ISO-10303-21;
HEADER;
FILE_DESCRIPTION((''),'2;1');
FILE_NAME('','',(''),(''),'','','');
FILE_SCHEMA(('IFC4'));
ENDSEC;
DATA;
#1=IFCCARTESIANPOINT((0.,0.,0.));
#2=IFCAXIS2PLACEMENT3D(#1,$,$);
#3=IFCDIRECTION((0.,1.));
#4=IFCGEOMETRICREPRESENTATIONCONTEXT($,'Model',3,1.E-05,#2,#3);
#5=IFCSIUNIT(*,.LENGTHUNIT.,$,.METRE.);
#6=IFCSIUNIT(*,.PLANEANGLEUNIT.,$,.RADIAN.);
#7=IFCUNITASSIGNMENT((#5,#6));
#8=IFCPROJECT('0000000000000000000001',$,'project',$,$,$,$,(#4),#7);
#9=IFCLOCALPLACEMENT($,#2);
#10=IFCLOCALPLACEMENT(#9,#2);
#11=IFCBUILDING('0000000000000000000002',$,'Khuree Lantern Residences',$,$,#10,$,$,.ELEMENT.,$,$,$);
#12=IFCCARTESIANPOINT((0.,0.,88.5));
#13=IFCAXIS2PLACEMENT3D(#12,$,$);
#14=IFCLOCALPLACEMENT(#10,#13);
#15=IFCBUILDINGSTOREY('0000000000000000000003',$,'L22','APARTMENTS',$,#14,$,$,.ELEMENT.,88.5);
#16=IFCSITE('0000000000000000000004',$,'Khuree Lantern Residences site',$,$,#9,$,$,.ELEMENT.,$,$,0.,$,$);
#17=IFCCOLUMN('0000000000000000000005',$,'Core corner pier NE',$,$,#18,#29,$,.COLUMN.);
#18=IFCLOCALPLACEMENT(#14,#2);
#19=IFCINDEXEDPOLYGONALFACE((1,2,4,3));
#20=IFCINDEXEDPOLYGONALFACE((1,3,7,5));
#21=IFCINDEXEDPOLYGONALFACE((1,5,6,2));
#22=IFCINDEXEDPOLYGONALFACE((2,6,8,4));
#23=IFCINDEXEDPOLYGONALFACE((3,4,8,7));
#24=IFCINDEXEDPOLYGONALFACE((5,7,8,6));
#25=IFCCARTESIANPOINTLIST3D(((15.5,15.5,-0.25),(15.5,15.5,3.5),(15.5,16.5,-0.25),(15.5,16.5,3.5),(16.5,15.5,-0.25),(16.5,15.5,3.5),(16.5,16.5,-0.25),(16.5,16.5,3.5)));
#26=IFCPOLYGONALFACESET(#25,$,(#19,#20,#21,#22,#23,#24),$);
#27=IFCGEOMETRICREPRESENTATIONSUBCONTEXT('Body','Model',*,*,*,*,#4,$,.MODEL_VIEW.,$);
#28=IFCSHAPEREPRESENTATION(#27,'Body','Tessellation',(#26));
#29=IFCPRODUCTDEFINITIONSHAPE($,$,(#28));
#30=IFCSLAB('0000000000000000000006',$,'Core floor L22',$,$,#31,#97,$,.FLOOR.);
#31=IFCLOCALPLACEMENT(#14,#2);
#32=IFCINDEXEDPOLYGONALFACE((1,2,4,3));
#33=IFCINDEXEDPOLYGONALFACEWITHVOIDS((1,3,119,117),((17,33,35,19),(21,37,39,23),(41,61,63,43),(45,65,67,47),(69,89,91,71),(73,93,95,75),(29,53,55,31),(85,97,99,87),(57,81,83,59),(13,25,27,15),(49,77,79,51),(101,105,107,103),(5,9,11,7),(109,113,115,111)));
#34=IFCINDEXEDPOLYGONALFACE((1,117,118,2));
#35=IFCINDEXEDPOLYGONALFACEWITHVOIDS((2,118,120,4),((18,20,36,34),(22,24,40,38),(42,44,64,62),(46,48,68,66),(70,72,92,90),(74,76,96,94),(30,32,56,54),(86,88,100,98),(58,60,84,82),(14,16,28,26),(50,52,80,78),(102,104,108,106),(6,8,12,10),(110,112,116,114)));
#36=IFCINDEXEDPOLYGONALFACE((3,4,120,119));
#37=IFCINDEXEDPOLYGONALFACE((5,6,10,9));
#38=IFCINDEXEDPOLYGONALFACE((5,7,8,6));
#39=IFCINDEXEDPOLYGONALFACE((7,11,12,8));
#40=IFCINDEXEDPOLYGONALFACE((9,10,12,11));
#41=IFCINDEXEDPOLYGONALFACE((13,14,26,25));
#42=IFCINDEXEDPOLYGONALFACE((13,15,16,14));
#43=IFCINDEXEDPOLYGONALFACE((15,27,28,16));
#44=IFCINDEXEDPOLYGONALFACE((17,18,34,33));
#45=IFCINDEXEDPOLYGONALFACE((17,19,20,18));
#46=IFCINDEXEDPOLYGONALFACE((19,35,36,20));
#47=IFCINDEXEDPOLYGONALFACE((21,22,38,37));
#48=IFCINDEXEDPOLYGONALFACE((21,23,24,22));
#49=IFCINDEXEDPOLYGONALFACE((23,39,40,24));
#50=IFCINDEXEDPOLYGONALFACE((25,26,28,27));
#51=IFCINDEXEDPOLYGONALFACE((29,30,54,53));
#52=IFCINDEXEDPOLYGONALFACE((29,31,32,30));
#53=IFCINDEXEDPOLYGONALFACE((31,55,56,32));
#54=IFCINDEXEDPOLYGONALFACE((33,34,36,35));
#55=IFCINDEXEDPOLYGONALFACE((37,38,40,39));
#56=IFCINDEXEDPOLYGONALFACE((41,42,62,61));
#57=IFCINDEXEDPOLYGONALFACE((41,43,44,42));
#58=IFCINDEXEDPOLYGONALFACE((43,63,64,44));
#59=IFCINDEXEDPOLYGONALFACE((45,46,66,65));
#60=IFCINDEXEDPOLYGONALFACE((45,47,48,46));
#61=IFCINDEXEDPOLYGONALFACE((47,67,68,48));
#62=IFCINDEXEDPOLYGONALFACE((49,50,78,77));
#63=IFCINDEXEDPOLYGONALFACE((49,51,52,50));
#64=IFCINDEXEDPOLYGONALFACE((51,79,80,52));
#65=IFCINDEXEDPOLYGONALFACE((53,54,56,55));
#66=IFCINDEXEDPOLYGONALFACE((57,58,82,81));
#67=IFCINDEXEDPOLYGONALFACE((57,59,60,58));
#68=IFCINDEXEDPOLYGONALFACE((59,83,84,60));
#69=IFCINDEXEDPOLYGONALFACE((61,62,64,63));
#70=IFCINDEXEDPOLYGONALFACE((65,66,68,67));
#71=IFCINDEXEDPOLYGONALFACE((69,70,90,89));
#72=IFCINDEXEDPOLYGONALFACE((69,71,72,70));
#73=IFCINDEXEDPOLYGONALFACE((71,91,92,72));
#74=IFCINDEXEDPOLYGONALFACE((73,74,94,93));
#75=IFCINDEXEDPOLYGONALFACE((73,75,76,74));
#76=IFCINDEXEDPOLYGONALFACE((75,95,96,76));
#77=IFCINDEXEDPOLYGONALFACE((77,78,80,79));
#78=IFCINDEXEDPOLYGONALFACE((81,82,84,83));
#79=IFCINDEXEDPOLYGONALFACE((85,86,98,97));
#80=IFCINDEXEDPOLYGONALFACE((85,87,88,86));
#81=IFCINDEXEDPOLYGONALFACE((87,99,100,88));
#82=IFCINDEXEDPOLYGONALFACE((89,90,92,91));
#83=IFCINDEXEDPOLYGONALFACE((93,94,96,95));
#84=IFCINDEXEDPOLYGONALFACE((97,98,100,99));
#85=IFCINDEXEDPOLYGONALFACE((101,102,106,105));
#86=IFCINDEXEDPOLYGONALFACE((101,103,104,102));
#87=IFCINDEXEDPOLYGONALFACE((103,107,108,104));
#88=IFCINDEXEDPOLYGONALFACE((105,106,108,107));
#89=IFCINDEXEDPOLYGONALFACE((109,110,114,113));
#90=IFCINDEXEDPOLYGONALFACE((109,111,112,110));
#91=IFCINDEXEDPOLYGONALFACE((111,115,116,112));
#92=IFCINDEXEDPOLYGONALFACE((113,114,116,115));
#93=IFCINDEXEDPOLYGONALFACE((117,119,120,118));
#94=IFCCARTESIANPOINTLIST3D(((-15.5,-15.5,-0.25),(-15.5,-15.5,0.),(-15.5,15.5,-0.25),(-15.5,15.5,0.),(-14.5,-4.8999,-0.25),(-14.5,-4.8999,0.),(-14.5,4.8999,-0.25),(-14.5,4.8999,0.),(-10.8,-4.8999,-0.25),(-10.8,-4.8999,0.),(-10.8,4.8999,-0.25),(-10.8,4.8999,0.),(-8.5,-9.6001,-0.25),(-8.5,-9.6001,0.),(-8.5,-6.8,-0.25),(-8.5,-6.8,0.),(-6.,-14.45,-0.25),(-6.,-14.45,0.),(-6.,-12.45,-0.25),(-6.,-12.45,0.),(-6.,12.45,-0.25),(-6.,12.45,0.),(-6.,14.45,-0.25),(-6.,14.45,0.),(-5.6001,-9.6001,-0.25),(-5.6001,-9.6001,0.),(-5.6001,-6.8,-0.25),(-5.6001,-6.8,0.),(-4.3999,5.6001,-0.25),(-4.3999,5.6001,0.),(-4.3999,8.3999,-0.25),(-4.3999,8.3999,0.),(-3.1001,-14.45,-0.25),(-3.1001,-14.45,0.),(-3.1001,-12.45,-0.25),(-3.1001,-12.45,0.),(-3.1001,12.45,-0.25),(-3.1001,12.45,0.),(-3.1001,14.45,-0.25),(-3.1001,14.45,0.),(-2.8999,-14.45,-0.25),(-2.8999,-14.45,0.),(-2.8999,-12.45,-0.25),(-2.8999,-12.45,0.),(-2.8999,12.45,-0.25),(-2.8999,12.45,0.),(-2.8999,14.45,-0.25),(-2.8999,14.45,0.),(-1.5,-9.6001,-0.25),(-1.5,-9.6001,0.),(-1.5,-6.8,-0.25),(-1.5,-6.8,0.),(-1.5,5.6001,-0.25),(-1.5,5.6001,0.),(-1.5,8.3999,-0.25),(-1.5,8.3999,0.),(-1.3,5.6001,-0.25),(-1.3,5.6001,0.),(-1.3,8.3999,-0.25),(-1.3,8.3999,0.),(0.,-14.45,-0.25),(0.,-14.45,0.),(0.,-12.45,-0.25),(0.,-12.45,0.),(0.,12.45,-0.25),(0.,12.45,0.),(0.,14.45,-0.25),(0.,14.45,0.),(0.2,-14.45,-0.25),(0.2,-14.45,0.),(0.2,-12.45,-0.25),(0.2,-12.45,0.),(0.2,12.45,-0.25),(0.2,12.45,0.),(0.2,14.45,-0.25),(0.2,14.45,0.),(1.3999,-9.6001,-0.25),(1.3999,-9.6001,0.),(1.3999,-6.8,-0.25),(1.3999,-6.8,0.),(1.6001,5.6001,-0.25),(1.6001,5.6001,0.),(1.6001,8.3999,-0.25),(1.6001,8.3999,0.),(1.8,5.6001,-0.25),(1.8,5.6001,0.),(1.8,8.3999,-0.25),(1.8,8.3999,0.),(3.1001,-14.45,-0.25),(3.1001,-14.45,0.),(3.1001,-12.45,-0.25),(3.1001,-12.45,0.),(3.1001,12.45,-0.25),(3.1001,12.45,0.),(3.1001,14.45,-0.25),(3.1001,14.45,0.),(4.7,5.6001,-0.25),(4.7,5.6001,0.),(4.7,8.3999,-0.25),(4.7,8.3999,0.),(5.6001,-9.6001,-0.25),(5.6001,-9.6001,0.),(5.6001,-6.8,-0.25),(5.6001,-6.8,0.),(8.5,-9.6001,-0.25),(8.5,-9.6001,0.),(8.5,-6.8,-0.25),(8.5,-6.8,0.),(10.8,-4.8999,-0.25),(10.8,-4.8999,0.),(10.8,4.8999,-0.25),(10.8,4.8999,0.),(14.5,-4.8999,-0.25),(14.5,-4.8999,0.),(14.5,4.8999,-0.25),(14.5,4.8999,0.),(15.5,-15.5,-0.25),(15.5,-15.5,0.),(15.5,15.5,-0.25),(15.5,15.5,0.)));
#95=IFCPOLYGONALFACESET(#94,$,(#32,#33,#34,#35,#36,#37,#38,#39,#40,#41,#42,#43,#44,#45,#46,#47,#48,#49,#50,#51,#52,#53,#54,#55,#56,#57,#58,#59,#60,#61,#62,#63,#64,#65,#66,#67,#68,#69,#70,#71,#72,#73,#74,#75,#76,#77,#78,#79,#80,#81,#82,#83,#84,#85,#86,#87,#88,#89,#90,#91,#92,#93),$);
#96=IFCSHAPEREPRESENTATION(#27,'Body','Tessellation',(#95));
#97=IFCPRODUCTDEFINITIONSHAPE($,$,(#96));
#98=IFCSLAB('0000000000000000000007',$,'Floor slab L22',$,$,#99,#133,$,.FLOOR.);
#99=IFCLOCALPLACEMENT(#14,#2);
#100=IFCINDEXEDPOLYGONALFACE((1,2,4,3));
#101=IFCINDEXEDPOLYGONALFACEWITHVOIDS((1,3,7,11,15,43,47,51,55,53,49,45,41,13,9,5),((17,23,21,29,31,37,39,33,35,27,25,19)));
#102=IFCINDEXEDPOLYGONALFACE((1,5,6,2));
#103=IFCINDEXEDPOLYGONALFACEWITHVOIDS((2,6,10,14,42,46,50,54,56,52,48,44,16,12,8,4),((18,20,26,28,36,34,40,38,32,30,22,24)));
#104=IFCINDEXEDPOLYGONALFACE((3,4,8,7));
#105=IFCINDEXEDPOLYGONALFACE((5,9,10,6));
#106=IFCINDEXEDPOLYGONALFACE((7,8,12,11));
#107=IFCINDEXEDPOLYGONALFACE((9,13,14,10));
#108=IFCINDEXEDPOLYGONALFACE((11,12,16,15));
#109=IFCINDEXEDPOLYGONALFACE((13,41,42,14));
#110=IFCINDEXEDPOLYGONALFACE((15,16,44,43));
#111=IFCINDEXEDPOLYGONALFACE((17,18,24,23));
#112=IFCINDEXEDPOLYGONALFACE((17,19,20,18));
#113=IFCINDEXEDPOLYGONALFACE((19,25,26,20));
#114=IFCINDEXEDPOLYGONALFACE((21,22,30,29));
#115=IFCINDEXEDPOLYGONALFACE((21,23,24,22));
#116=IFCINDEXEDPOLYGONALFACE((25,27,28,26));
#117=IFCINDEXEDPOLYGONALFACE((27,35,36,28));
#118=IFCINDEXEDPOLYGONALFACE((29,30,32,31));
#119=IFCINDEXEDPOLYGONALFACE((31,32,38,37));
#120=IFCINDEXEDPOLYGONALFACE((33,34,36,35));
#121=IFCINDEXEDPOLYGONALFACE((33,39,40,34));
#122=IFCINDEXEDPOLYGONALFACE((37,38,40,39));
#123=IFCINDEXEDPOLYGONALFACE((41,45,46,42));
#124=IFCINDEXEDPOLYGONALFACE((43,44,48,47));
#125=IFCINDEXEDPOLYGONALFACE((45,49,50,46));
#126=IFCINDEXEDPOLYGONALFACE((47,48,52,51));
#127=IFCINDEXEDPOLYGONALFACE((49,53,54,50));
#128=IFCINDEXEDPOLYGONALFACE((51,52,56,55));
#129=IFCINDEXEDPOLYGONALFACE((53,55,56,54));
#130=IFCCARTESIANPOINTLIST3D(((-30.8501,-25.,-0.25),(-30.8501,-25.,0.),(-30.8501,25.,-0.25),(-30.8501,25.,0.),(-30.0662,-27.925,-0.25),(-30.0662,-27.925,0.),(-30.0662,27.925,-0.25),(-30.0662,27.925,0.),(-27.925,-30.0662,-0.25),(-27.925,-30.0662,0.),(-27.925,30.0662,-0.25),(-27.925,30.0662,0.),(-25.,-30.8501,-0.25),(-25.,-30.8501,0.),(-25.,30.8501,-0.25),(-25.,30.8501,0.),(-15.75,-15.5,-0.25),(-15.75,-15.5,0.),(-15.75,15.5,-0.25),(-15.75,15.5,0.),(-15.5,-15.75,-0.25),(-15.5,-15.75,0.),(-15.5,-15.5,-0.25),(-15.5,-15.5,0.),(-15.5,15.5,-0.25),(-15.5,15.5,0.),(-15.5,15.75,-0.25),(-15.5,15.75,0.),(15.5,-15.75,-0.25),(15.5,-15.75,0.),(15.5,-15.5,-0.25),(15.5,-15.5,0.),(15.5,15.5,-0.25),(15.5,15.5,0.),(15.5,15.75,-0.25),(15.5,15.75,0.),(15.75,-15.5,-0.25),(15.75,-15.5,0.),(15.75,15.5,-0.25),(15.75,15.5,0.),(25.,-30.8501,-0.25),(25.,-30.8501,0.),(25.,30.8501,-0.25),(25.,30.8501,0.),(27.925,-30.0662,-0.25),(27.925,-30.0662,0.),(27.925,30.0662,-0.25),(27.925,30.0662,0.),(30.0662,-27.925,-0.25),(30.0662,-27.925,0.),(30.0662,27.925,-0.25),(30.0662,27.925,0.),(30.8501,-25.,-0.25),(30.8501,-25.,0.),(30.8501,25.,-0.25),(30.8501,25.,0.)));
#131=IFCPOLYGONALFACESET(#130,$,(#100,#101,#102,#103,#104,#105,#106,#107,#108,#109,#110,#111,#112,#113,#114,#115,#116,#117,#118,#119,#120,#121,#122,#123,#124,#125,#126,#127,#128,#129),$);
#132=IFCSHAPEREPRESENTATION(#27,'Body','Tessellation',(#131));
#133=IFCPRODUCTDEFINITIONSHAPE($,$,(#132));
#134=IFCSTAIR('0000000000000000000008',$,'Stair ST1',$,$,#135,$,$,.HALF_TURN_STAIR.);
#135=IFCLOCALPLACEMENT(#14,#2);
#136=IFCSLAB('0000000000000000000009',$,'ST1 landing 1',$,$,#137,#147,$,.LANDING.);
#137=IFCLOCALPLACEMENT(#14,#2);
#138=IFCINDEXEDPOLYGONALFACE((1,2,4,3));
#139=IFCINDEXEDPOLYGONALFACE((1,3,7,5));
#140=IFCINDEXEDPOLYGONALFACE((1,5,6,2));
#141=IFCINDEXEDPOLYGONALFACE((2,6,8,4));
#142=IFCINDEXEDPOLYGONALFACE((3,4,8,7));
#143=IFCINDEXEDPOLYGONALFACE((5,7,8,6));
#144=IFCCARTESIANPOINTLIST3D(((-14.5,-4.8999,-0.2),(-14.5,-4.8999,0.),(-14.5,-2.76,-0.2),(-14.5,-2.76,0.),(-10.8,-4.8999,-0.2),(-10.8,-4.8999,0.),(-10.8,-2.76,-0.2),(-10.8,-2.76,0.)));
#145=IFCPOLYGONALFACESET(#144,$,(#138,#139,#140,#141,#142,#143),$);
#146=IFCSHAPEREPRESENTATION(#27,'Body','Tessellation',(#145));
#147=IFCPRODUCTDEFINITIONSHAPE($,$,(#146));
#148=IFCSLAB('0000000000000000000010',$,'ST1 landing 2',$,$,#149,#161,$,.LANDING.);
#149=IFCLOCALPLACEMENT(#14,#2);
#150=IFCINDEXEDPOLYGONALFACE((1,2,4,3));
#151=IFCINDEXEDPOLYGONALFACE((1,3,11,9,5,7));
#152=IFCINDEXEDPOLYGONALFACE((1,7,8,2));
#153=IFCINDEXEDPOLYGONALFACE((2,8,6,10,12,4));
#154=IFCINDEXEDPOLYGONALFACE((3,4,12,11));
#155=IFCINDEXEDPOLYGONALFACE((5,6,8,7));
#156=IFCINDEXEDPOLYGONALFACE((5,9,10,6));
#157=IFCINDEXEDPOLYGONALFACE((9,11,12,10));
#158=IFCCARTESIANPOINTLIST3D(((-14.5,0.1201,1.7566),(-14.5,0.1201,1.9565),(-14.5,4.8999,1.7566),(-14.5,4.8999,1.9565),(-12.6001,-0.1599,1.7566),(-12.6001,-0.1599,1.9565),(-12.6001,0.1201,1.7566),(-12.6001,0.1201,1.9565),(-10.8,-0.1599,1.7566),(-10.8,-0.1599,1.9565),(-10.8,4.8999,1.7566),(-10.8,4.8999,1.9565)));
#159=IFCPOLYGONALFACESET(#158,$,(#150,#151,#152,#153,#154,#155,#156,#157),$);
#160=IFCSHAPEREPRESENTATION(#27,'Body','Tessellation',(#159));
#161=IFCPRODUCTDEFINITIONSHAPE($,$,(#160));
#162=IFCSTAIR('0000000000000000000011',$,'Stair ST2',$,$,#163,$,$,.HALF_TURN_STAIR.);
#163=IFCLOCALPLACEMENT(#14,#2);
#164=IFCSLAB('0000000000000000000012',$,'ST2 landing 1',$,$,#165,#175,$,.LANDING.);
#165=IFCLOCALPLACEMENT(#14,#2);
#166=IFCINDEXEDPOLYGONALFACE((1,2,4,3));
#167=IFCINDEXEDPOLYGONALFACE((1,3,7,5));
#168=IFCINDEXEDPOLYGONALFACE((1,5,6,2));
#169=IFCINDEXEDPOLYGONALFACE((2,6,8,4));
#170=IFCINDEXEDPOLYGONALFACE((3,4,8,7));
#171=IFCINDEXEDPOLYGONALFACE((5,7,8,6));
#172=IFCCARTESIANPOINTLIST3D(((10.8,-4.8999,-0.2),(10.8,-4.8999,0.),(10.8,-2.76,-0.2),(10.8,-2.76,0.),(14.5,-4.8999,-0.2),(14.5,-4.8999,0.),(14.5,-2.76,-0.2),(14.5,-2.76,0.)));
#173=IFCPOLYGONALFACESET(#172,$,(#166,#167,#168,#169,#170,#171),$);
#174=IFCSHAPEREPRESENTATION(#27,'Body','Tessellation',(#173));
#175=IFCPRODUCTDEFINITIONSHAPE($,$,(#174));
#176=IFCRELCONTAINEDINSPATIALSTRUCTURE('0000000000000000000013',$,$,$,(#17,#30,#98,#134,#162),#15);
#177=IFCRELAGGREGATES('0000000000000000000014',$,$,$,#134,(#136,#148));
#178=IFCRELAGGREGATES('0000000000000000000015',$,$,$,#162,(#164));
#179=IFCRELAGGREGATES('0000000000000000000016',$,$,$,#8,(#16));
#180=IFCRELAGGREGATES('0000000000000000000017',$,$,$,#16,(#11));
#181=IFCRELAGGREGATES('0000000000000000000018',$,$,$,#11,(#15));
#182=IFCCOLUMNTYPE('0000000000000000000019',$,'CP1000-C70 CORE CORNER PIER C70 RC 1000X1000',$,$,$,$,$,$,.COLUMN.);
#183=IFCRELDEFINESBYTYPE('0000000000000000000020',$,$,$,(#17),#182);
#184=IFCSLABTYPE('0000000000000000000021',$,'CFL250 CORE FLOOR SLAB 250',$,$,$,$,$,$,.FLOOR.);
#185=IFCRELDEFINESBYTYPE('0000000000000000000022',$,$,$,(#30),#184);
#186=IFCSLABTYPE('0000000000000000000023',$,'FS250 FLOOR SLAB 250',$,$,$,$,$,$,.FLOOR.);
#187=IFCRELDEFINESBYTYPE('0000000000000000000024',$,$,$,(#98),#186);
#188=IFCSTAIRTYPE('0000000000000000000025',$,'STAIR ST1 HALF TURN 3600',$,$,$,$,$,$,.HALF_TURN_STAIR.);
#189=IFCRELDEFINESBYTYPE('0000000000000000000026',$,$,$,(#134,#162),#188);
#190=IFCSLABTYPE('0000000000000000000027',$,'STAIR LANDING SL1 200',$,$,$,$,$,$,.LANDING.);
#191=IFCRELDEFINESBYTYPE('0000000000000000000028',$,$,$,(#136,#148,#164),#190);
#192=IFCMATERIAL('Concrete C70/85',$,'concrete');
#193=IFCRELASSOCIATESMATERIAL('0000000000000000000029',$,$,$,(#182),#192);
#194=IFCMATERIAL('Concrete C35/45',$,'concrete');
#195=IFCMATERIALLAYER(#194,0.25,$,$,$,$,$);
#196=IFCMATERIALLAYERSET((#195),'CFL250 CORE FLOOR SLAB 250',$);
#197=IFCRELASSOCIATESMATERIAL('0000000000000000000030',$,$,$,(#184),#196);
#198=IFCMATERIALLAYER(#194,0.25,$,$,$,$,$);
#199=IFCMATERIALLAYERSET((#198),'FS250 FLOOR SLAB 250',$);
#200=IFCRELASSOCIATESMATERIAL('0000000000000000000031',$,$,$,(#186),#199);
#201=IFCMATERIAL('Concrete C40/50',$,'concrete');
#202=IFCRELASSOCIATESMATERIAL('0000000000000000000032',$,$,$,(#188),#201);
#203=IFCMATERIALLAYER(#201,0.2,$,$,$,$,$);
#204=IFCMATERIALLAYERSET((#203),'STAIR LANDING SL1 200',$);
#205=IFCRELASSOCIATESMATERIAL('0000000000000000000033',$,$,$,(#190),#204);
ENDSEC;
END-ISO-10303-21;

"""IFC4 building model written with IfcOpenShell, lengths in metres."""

from ifc_helpers import new_model, si_unit, direction, frame, origin, origin_2d, place, context, subcontext, project, spatial, polyline, rectangle, outline, extrude, material, layer, layer_set, material_profile, profile_set, type_object, element, aggregate, save


model = new_model("IFC4")

# Units and contexts
model_context = context("Model", 3, precision=1e-05, world=origin(), true_north=direction((0.0, 1.0)))
body_context = subcontext(model_context, "Body", "Model", "MODEL_VIEW")
ifc_project = project(units=[si_unit("LENGTHUNIT", "METRE"), si_unit("PLANEANGLEUNIT", "RADIAN")], contexts=[model_context])

# Site, building, storey
site_placement = place(None, origin())
site = spatial("IfcSite", under=ifc_project, at=site_placement, Name="Khuree Lantern Residences site", CompositionType="ELEMENT", RefElevation=0.0)
building_placement = place(site_placement, origin())
building = spatial("IfcBuilding", under=site, at=building_placement, Name="Khuree Lantern Residences", CompositionType="ELEMENT")
storey_placement = place(building_placement, frame((0.0, 0.0, 88.5)))
storey = spatial("IfcBuildingStorey", under=building, at=storey_placement, Name="L22", Description="APARTMENTS", CompositionType="ELEMENT", Elevation=88.5)

# Column
ifc_material_1 = material(Name="Concrete C70/85", Category="concrete")
ifc_material_profile = material_profile(ifc_material_1, rectangle(XDim=1.0, YDim=1.0, at=origin_2d()), Name="RC 1000X1000")
ifc_profile_set = profile_set([ifc_material_profile], Name="Concrete C70/85")
column_type = type_object("IfcColumnType", Name="CP1000-C70 CORE CORNER PIER C70 RC 1000X1000", PredefinedType="COLUMN", material=ifc_profile_set)
column_placement = place(storey_placement, frame((16.0, 16.0, -0.25), z_axis=(0.0, 0.0, 1.0), x_axis=(1.0, 0.0, 0.0)))
element("IfcColumn", 1, at=column_placement, inside=storey, type_object=column_type, Name="Core corner pier NE", PredefinedType="COLUMN", context=body_context, shape_type="SweptSolid", body=[
    extrude(rectangle(XDim=1.0, YDim=1.0, at=origin_2d()), origin(), (0.0, 0.0, 1.0), 3.75),
])

# Slabs
ifc_material_2 = material(Name="Concrete C35/45", Category="concrete")
ifc_layer_1 = layer(ifc_material_2, 0.25)
ifc_layer_set_1 = layer_set([ifc_layer_1], Name="CFL250 CORE FLOOR SLAB 250")
slab_type_1 = type_object("IfcSlabType", Name="CFL250 CORE FLOOR SLAB 250", PredefinedType="FLOOR", material=ifc_layer_set_1)
slab_1_placement = place(storey_placement, frame((0.0, 0.0, -0.25)))
element("IfcSlab", 2, at=slab_1_placement, inside=storey, type_object=slab_type_1, Name="Core floor L22", PredefinedType="FLOOR", context=body_context, shape_type="SweptSolid", body=[
    extrude(outline(polyline([(-15.5, -15.5), (-15.5, 15.5), (15.5, 15.5), (15.5, -15.5), (-15.5, -15.5)]), holes=[polyline([(14.5, 4.8999), (10.8, 4.8999), (10.8, -4.8999), (14.5, -4.8999), (14.5, 4.8999)]), polyline([(8.5, -6.8), (5.6001, -6.8), (5.6001, -9.6001), (8.5, -9.6001), (8.5, -6.8)]), polyline([(4.7, 8.3999), (1.8, 8.3999), (1.8, 5.6001), (4.7, 5.6001), (4.7, 8.3999)]), polyline([(0.2, -12.45), (0.2, -14.45), (3.1001, -14.45), (3.1001, -12.45), (0.2, -12.45)]), polyline([(3.1001, 14.45), (0.2, 14.45), (0.2, 12.45), (3.1001, 12.45), (3.1001, 14.45)]), polyline([(1.6001, 8.3999), (-1.3, 8.3999), (-1.3, 5.6001), (1.6001, 5.6001), (1.6001, 8.3999)]), polyline([(1.3999, -6.8), (-1.5, -6.8), (-1.5, -9.6001), (1.3999, -9.6001), (1.3999, -6.8)]), polyline([(0.0, -12.45), (-2.8999, -12.45), (-2.8999, -14.45), (0.0, -14.45), (0.0, -12.45)]), polyline([(0.0, 14.45), (-2.8999, 14.45), (-2.8999, 12.45), (0.0, 12.45), (0.0, 14.45)]), polyline([(-1.5, 8.3999), (-4.3999, 8.3999), (-4.3999, 5.6001), (-1.5, 5.6001), (-1.5, 8.3999)]), polyline([(-6.0, -12.45), (-6.0, -14.45), (-3.1001, -14.45), (-3.1001, -12.45), (-6.0, -12.45)]), polyline([(-3.1001, 14.45), (-6.0, 14.45), (-6.0, 12.45), (-3.1001, 12.45), (-3.1001, 14.45)]), polyline([(-5.6001, -6.8), (-8.5, -6.8), (-8.5, -9.6001), (-5.6001, -9.6001), (-5.6001, -6.8)]), polyline([(-10.8, 4.8999), (-14.5, 4.8999), (-14.5, -4.8999), (-10.8, -4.8999), (-10.8, 4.8999)])]), origin(), (0.0, 0.0, 1.0), 0.25),
])
ifc_layer_2 = layer(ifc_material_2, 0.25)
ifc_layer_set_2 = layer_set([ifc_layer_2], Name="FS250 FLOOR SLAB 250")
slab_type_2 = type_object("IfcSlabType", Name="FS250 FLOOR SLAB 250", PredefinedType="FLOOR", material=ifc_layer_set_2)
slab_2_placement = place(storey_placement, frame((0.0, 0.0, -0.25)))
element("IfcSlab", 3, at=slab_2_placement, inside=storey, type_object=slab_type_2, Name="Floor slab L22", PredefinedType="FLOOR", context=body_context, shape_type="SweptSolid", body=[
    extrude(outline(polyline([(-27.925, -30.0662), (-30.0662, -27.925), (-30.8501, -25.0), (-30.8501, 25.0), (-30.0662, 27.925), (-27.925, 30.0662), (-25.0, 30.8501), (25.0, 30.8501), (27.925, 30.0662), (30.0662, 27.925), (30.8501, 25.0), (30.8501, -25.0), (30.0662, -27.925), (27.925, -30.0662), (25.0, -30.8501), (-25.0, -30.8501), (-27.925, -30.0662)]), holes=[polyline([(15.75, 15.5), (15.5, 15.5), (15.5, 15.75), (-15.5, 15.75), (-15.5, 15.5), (-15.75, 15.5), (-15.75, -15.5), (-15.5, -15.5), (-15.5, -15.75), (15.5, -15.75), (15.5, -15.5), (15.75, -15.5), (15.75, 15.5)])]), origin(), (0.0, 0.0, 1.0), 0.25),
])

# Stairs, slabs
ifc_material_3 = material(Name="Concrete C40/50", Category="concrete")
stair_type = type_object("IfcStairType", Name="STAIR ST1 HALF TURN 3600", PredefinedType="HALF_TURN_STAIR", material=ifc_material_3)
stair_1_placement = place(storey_placement, origin())
stair_1 = element("IfcStair", 4, at=stair_1_placement, inside=storey, type_object=stair_type, Name="Stair ST1", PredefinedType="HALF_TURN_STAIR")
ifc_layer_3 = layer(ifc_material_3, 0.2)
ifc_layer_set_3 = layer_set([ifc_layer_3], Name="STAIR LANDING SL1 200")
slab_type_3 = type_object("IfcSlabType", Name="STAIR LANDING SL1 200", PredefinedType="LANDING", material=ifc_layer_set_3)
slab_3_placement = place(storey_placement, frame((0.0, 0.0, -0.2)))
slab_3 = element("IfcSlab", 5, at=slab_3_placement, type_object=slab_type_3, Name="ST1 landing 1", PredefinedType="LANDING", context=body_context, shape_type="SweptSolid", body=[
    extrude(outline(polyline([(-14.5, -4.8999), (-10.8, -4.8999), (-10.8, -2.76), (-14.5, -2.76), (-14.5, -4.8999)])), origin(), (0.0, 0.0, 1.0), 0.2),
])
slab_4_placement = place(storey_placement, frame((0.0, 0.0, 1.7566)))
slab_4 = element("IfcSlab", 6, at=slab_4_placement, type_object=slab_type_3, Name="ST1 landing 2", PredefinedType="LANDING", context=body_context, shape_type="SweptSolid", body=[
    extrude(outline(polyline([(-14.5, 0.1201), (-14.5, 4.8999), (-10.8, 4.8999), (-10.8, -0.1599), (-12.6001, -0.1599), (-12.6001, 0.1201), (-14.5, 0.1201)])), origin(), (0.0, 0.0, 1.0), 0.2),
])
aggregate(stair_1, [slab_3, slab_4])
stair_2_placement = place(storey_placement, origin())
stair_2 = element("IfcStair", 7, at=stair_2_placement, inside=storey, type_object=stair_type, Name="Stair ST2", PredefinedType="HALF_TURN_STAIR")
slab_5_placement = place(storey_placement, frame((0.0, 0.0, -0.2)))
slab_5 = element("IfcSlab", 8, at=slab_5_placement, type_object=slab_type_3, Name="ST2 landing 1", PredefinedType="LANDING", context=body_context, shape_type="SweptSolid", body=[
    extrude(outline(polyline([(10.8, -4.8999), (14.5, -4.8999), (14.5, -2.76), (10.8, -2.76), (10.8, -4.8999)])), origin(), (0.0, 0.0, 1.0), 0.2),
])

aggregate(stair_2, [slab_5])

save(model, "model.ifc")
